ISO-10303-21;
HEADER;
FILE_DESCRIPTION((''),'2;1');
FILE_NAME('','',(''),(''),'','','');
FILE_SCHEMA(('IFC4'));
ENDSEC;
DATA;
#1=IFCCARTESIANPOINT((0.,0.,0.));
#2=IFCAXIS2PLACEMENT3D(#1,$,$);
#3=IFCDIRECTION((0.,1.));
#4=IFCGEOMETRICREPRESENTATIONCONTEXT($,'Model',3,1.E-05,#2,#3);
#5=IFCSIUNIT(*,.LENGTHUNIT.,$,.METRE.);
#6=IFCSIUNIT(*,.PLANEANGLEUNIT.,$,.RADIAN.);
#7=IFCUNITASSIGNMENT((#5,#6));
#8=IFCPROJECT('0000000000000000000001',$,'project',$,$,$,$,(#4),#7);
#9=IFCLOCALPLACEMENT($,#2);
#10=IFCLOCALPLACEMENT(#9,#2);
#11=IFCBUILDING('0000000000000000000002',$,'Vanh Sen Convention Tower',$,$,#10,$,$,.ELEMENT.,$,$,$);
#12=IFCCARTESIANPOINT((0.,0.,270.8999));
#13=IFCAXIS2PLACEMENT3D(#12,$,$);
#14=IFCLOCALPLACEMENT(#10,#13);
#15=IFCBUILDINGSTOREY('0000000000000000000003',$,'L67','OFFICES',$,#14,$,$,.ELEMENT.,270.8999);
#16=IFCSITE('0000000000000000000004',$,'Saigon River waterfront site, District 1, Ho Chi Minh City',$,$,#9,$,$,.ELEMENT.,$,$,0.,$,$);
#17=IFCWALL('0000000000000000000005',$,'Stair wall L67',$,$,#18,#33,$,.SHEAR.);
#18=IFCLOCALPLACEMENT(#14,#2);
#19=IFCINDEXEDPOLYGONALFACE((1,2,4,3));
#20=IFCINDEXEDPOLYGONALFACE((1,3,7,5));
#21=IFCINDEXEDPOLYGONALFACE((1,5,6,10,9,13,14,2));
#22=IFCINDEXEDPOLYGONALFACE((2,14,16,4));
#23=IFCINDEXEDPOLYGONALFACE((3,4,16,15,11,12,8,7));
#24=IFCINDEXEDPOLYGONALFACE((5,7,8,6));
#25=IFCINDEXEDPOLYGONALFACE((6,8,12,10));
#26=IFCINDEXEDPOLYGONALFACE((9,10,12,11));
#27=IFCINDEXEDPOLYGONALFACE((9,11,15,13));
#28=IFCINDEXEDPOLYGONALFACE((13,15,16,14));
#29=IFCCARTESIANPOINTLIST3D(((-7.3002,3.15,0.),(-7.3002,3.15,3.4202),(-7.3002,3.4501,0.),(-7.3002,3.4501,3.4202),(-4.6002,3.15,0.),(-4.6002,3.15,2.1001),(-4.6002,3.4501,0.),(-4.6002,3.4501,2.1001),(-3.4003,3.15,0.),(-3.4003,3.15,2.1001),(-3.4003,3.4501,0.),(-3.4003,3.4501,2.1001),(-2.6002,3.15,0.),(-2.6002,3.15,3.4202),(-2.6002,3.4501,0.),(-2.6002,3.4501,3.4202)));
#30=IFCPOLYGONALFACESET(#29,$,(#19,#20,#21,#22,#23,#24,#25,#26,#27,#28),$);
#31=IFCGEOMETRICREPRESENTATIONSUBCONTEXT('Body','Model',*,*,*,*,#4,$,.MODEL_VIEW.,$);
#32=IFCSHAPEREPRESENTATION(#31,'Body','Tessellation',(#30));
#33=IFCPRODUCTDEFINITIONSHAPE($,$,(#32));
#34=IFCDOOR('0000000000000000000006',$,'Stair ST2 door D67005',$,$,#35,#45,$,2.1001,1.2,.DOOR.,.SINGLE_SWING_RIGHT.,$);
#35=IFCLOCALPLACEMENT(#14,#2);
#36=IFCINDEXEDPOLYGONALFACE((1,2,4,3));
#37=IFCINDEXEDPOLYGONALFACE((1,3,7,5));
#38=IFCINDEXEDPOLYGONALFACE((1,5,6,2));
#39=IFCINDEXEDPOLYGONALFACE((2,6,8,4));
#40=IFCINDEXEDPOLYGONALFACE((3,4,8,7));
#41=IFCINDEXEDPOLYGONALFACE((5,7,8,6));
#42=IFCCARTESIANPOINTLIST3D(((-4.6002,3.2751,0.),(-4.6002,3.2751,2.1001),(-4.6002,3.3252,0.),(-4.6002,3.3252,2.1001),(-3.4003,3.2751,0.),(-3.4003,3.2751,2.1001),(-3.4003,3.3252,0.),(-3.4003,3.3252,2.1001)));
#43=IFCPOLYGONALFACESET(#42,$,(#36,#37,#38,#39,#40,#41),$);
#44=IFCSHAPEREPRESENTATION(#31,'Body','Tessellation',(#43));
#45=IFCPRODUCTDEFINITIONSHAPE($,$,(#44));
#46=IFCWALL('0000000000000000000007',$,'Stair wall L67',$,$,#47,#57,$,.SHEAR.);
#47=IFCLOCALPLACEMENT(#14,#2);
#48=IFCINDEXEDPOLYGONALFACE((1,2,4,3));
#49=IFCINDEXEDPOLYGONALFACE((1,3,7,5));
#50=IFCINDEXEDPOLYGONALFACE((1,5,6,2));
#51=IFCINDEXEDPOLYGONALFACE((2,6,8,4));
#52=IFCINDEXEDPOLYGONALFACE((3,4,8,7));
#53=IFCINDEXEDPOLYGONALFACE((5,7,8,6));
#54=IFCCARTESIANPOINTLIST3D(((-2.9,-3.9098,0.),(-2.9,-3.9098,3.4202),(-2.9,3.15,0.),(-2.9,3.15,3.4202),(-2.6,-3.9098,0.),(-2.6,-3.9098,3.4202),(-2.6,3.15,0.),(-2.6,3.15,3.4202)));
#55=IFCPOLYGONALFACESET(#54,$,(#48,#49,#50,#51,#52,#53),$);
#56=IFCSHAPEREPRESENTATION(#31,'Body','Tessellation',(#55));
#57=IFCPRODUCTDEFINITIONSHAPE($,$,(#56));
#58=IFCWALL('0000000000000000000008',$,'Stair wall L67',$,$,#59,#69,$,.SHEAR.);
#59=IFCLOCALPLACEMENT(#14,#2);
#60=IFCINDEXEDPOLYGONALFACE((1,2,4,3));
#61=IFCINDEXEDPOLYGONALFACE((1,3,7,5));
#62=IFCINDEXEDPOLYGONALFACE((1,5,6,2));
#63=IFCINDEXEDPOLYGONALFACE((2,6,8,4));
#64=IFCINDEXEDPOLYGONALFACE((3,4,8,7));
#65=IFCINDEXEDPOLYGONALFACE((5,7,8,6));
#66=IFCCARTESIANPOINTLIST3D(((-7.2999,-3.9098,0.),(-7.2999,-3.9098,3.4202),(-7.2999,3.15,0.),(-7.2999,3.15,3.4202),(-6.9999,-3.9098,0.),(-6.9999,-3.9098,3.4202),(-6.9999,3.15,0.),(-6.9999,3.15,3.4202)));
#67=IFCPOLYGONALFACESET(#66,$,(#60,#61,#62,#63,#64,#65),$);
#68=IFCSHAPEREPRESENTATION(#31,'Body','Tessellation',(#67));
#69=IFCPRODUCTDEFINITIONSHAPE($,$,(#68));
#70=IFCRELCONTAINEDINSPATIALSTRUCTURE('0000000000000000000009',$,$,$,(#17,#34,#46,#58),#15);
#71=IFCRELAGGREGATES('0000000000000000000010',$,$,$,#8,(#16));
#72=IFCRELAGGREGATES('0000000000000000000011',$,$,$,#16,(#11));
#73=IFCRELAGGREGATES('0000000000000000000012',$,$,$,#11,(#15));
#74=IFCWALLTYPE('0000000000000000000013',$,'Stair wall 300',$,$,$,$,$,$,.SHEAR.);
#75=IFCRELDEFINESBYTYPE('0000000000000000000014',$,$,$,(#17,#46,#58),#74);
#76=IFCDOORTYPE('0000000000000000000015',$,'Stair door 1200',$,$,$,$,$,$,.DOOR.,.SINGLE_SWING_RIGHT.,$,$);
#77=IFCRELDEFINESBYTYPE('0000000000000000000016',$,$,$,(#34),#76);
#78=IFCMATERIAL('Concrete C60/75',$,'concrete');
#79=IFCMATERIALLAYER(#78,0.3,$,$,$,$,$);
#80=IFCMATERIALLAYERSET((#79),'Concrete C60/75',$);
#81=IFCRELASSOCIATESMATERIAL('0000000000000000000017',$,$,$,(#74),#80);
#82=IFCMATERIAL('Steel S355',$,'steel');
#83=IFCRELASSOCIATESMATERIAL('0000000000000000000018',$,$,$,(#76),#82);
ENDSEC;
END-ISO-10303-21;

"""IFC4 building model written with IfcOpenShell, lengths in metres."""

from ifc_helpers import new_model, si_unit, direction, frame, frame_2d, origin, place, context, subcontext, project, spatial, rectangle, extrude, material, layer, layer_set, type_object, element, fill, save


model = new_model("IFC4")

# Units and contexts
model_context = context("Model", 3, precision=1e-05, world=origin(), true_north=direction((0.0, 1.0)))
body_context = subcontext(model_context, "Body", "Model", "MODEL_VIEW")
ifc_project = project(units=[si_unit("LENGTHUNIT", "METRE"), si_unit("PLANEANGLEUNIT", "RADIAN")], contexts=[model_context])

# Site, building, storey
site_placement = place(None, origin())
site = spatial("IfcSite", under=ifc_project, at=site_placement, Name="Saigon River waterfront site, District 1, Ho Chi Minh City", CompositionType="ELEMENT", RefElevation=0.0)
building_placement = place(site_placement, origin())
building = spatial("IfcBuilding", under=site, at=building_placement, Name="Vanh Sen Convention Tower", CompositionType="ELEMENT")
storey_placement = place(building_placement, frame((0.0, 0.0, 270.8999)))
storey = spatial("IfcBuildingStorey", under=building, at=storey_placement, Name="L67", Description="OFFICES", CompositionType="ELEMENT", Elevation=270.8999)

# Shared definitions
ifc_material_1 = material(Name="Concrete C60/75", Category="concrete")

# Shared definitions
ifc_material_2 = material(Name="Steel S355", Category="steel")

# Shared definitions
ifc_layer_1 = layer(ifc_material_1, 0.3)
ifc_layer_set_1 = layer_set([ifc_layer_1], Name="Concrete C60/75")
wall_type_1 = type_object("IfcWallType", Name="Stair wall 300", PredefinedType="SHEAR", material=ifc_layer_set_1)

# Wall, opening, door
wall_1_placement = place(storey_placement, frame((-2.6001, 3.3, 0.0), z_axis=(0.0, 0.0, 1.0), x_axis=(-1.0, 0.0, 0.0)))
wall_1 = element("IfcWall", 1, at=wall_1_placement, inside=storey, type_object=wall_type_1, Name="Stair wall L67", PredefinedType="SHEAR", context=body_context, shape_type="SweptSolid", body=[
    extrude(rectangle(XDim=4.7, YDim=0.3, at=frame_2d((2.3501, 0.0))), origin(), (0.0, 0.0, 1.0), 3.4202),
])
opening_1_placement = place(wall_1_placement, frame((0.8, 0.0, 0.0)))
opening_1 = element("IfcOpeningElement", 2, at=opening_1_placement, cuts=wall_1, PredefinedType="OPENING", context=body_context, shape_type="SweptSolid", body=[
    extrude(rectangle(XDim=1.2, YDim=2.1001, at=frame_2d((0.6001, 1.05))), frame((0.0, 0.1599, 0.0), z_axis=(0.0, -1.0, 0.0), x_axis=(1.0, 0.0, 0.0)), (0.0, 0.0, 1.0), 0.3201),
])
door_type_1 = type_object("IfcDoorType", Name="Stair door 1200", OperationType="SINGLE_SWING_RIGHT", PredefinedType="DOOR", material=ifc_material_2)
door_1_placement = place(opening_1_placement, origin())
door_1 = element("IfcDoor", 3, at=door_1_placement, inside=storey, type_object=door_type_1, Name="Stair ST2 door D67005", OperationType="SINGLE_SWING_RIGHT", OverallHeight=2.1001, OverallWidth=1.2, PredefinedType="DOOR", context=body_context, shape_type="SweptSolid", body=[
    extrude(rectangle(XDim=1.2, YDim=2.1001, at=frame_2d((0.6001, 1.05))), frame((0.0, 0.0249, 0.0), z_axis=(0.0, -1.0, 0.0), x_axis=(1.0, 0.0, 0.0)), (0.0, 0.0, 1.0), 0.05),
])
fill(opening_1, door_1)

# Walls
for number, where, z_axis, x_axis, name in (
    (4, (-2.75, 3.1499, 0.0), (0.0, 0.0, 1.0), (0.0, -1.0, 0.0), "Stair wall L67"),
    (5, (-7.1499, 3.1499, 0.0), (0.0, 0.0, 1.0), (0.0, -1.0, 0.0), "Stair wall L67"),
):
    element("IfcWall", number, at=place(storey_placement, frame(where, z_axis=z_axis, x_axis=x_axis)), inside=storey, type_object=wall_type_1, Name=name, PredefinedType="SHEAR", context=body_context, shape_type="SweptSolid", body=[
        extrude(rectangle(XDim=7.0598, YDim=0.3, at=frame_2d((3.5298, 0.0))), origin(), (0.0, 0.0, 1.0), 3.4202),
    ])

save(model, "model.ifc")
